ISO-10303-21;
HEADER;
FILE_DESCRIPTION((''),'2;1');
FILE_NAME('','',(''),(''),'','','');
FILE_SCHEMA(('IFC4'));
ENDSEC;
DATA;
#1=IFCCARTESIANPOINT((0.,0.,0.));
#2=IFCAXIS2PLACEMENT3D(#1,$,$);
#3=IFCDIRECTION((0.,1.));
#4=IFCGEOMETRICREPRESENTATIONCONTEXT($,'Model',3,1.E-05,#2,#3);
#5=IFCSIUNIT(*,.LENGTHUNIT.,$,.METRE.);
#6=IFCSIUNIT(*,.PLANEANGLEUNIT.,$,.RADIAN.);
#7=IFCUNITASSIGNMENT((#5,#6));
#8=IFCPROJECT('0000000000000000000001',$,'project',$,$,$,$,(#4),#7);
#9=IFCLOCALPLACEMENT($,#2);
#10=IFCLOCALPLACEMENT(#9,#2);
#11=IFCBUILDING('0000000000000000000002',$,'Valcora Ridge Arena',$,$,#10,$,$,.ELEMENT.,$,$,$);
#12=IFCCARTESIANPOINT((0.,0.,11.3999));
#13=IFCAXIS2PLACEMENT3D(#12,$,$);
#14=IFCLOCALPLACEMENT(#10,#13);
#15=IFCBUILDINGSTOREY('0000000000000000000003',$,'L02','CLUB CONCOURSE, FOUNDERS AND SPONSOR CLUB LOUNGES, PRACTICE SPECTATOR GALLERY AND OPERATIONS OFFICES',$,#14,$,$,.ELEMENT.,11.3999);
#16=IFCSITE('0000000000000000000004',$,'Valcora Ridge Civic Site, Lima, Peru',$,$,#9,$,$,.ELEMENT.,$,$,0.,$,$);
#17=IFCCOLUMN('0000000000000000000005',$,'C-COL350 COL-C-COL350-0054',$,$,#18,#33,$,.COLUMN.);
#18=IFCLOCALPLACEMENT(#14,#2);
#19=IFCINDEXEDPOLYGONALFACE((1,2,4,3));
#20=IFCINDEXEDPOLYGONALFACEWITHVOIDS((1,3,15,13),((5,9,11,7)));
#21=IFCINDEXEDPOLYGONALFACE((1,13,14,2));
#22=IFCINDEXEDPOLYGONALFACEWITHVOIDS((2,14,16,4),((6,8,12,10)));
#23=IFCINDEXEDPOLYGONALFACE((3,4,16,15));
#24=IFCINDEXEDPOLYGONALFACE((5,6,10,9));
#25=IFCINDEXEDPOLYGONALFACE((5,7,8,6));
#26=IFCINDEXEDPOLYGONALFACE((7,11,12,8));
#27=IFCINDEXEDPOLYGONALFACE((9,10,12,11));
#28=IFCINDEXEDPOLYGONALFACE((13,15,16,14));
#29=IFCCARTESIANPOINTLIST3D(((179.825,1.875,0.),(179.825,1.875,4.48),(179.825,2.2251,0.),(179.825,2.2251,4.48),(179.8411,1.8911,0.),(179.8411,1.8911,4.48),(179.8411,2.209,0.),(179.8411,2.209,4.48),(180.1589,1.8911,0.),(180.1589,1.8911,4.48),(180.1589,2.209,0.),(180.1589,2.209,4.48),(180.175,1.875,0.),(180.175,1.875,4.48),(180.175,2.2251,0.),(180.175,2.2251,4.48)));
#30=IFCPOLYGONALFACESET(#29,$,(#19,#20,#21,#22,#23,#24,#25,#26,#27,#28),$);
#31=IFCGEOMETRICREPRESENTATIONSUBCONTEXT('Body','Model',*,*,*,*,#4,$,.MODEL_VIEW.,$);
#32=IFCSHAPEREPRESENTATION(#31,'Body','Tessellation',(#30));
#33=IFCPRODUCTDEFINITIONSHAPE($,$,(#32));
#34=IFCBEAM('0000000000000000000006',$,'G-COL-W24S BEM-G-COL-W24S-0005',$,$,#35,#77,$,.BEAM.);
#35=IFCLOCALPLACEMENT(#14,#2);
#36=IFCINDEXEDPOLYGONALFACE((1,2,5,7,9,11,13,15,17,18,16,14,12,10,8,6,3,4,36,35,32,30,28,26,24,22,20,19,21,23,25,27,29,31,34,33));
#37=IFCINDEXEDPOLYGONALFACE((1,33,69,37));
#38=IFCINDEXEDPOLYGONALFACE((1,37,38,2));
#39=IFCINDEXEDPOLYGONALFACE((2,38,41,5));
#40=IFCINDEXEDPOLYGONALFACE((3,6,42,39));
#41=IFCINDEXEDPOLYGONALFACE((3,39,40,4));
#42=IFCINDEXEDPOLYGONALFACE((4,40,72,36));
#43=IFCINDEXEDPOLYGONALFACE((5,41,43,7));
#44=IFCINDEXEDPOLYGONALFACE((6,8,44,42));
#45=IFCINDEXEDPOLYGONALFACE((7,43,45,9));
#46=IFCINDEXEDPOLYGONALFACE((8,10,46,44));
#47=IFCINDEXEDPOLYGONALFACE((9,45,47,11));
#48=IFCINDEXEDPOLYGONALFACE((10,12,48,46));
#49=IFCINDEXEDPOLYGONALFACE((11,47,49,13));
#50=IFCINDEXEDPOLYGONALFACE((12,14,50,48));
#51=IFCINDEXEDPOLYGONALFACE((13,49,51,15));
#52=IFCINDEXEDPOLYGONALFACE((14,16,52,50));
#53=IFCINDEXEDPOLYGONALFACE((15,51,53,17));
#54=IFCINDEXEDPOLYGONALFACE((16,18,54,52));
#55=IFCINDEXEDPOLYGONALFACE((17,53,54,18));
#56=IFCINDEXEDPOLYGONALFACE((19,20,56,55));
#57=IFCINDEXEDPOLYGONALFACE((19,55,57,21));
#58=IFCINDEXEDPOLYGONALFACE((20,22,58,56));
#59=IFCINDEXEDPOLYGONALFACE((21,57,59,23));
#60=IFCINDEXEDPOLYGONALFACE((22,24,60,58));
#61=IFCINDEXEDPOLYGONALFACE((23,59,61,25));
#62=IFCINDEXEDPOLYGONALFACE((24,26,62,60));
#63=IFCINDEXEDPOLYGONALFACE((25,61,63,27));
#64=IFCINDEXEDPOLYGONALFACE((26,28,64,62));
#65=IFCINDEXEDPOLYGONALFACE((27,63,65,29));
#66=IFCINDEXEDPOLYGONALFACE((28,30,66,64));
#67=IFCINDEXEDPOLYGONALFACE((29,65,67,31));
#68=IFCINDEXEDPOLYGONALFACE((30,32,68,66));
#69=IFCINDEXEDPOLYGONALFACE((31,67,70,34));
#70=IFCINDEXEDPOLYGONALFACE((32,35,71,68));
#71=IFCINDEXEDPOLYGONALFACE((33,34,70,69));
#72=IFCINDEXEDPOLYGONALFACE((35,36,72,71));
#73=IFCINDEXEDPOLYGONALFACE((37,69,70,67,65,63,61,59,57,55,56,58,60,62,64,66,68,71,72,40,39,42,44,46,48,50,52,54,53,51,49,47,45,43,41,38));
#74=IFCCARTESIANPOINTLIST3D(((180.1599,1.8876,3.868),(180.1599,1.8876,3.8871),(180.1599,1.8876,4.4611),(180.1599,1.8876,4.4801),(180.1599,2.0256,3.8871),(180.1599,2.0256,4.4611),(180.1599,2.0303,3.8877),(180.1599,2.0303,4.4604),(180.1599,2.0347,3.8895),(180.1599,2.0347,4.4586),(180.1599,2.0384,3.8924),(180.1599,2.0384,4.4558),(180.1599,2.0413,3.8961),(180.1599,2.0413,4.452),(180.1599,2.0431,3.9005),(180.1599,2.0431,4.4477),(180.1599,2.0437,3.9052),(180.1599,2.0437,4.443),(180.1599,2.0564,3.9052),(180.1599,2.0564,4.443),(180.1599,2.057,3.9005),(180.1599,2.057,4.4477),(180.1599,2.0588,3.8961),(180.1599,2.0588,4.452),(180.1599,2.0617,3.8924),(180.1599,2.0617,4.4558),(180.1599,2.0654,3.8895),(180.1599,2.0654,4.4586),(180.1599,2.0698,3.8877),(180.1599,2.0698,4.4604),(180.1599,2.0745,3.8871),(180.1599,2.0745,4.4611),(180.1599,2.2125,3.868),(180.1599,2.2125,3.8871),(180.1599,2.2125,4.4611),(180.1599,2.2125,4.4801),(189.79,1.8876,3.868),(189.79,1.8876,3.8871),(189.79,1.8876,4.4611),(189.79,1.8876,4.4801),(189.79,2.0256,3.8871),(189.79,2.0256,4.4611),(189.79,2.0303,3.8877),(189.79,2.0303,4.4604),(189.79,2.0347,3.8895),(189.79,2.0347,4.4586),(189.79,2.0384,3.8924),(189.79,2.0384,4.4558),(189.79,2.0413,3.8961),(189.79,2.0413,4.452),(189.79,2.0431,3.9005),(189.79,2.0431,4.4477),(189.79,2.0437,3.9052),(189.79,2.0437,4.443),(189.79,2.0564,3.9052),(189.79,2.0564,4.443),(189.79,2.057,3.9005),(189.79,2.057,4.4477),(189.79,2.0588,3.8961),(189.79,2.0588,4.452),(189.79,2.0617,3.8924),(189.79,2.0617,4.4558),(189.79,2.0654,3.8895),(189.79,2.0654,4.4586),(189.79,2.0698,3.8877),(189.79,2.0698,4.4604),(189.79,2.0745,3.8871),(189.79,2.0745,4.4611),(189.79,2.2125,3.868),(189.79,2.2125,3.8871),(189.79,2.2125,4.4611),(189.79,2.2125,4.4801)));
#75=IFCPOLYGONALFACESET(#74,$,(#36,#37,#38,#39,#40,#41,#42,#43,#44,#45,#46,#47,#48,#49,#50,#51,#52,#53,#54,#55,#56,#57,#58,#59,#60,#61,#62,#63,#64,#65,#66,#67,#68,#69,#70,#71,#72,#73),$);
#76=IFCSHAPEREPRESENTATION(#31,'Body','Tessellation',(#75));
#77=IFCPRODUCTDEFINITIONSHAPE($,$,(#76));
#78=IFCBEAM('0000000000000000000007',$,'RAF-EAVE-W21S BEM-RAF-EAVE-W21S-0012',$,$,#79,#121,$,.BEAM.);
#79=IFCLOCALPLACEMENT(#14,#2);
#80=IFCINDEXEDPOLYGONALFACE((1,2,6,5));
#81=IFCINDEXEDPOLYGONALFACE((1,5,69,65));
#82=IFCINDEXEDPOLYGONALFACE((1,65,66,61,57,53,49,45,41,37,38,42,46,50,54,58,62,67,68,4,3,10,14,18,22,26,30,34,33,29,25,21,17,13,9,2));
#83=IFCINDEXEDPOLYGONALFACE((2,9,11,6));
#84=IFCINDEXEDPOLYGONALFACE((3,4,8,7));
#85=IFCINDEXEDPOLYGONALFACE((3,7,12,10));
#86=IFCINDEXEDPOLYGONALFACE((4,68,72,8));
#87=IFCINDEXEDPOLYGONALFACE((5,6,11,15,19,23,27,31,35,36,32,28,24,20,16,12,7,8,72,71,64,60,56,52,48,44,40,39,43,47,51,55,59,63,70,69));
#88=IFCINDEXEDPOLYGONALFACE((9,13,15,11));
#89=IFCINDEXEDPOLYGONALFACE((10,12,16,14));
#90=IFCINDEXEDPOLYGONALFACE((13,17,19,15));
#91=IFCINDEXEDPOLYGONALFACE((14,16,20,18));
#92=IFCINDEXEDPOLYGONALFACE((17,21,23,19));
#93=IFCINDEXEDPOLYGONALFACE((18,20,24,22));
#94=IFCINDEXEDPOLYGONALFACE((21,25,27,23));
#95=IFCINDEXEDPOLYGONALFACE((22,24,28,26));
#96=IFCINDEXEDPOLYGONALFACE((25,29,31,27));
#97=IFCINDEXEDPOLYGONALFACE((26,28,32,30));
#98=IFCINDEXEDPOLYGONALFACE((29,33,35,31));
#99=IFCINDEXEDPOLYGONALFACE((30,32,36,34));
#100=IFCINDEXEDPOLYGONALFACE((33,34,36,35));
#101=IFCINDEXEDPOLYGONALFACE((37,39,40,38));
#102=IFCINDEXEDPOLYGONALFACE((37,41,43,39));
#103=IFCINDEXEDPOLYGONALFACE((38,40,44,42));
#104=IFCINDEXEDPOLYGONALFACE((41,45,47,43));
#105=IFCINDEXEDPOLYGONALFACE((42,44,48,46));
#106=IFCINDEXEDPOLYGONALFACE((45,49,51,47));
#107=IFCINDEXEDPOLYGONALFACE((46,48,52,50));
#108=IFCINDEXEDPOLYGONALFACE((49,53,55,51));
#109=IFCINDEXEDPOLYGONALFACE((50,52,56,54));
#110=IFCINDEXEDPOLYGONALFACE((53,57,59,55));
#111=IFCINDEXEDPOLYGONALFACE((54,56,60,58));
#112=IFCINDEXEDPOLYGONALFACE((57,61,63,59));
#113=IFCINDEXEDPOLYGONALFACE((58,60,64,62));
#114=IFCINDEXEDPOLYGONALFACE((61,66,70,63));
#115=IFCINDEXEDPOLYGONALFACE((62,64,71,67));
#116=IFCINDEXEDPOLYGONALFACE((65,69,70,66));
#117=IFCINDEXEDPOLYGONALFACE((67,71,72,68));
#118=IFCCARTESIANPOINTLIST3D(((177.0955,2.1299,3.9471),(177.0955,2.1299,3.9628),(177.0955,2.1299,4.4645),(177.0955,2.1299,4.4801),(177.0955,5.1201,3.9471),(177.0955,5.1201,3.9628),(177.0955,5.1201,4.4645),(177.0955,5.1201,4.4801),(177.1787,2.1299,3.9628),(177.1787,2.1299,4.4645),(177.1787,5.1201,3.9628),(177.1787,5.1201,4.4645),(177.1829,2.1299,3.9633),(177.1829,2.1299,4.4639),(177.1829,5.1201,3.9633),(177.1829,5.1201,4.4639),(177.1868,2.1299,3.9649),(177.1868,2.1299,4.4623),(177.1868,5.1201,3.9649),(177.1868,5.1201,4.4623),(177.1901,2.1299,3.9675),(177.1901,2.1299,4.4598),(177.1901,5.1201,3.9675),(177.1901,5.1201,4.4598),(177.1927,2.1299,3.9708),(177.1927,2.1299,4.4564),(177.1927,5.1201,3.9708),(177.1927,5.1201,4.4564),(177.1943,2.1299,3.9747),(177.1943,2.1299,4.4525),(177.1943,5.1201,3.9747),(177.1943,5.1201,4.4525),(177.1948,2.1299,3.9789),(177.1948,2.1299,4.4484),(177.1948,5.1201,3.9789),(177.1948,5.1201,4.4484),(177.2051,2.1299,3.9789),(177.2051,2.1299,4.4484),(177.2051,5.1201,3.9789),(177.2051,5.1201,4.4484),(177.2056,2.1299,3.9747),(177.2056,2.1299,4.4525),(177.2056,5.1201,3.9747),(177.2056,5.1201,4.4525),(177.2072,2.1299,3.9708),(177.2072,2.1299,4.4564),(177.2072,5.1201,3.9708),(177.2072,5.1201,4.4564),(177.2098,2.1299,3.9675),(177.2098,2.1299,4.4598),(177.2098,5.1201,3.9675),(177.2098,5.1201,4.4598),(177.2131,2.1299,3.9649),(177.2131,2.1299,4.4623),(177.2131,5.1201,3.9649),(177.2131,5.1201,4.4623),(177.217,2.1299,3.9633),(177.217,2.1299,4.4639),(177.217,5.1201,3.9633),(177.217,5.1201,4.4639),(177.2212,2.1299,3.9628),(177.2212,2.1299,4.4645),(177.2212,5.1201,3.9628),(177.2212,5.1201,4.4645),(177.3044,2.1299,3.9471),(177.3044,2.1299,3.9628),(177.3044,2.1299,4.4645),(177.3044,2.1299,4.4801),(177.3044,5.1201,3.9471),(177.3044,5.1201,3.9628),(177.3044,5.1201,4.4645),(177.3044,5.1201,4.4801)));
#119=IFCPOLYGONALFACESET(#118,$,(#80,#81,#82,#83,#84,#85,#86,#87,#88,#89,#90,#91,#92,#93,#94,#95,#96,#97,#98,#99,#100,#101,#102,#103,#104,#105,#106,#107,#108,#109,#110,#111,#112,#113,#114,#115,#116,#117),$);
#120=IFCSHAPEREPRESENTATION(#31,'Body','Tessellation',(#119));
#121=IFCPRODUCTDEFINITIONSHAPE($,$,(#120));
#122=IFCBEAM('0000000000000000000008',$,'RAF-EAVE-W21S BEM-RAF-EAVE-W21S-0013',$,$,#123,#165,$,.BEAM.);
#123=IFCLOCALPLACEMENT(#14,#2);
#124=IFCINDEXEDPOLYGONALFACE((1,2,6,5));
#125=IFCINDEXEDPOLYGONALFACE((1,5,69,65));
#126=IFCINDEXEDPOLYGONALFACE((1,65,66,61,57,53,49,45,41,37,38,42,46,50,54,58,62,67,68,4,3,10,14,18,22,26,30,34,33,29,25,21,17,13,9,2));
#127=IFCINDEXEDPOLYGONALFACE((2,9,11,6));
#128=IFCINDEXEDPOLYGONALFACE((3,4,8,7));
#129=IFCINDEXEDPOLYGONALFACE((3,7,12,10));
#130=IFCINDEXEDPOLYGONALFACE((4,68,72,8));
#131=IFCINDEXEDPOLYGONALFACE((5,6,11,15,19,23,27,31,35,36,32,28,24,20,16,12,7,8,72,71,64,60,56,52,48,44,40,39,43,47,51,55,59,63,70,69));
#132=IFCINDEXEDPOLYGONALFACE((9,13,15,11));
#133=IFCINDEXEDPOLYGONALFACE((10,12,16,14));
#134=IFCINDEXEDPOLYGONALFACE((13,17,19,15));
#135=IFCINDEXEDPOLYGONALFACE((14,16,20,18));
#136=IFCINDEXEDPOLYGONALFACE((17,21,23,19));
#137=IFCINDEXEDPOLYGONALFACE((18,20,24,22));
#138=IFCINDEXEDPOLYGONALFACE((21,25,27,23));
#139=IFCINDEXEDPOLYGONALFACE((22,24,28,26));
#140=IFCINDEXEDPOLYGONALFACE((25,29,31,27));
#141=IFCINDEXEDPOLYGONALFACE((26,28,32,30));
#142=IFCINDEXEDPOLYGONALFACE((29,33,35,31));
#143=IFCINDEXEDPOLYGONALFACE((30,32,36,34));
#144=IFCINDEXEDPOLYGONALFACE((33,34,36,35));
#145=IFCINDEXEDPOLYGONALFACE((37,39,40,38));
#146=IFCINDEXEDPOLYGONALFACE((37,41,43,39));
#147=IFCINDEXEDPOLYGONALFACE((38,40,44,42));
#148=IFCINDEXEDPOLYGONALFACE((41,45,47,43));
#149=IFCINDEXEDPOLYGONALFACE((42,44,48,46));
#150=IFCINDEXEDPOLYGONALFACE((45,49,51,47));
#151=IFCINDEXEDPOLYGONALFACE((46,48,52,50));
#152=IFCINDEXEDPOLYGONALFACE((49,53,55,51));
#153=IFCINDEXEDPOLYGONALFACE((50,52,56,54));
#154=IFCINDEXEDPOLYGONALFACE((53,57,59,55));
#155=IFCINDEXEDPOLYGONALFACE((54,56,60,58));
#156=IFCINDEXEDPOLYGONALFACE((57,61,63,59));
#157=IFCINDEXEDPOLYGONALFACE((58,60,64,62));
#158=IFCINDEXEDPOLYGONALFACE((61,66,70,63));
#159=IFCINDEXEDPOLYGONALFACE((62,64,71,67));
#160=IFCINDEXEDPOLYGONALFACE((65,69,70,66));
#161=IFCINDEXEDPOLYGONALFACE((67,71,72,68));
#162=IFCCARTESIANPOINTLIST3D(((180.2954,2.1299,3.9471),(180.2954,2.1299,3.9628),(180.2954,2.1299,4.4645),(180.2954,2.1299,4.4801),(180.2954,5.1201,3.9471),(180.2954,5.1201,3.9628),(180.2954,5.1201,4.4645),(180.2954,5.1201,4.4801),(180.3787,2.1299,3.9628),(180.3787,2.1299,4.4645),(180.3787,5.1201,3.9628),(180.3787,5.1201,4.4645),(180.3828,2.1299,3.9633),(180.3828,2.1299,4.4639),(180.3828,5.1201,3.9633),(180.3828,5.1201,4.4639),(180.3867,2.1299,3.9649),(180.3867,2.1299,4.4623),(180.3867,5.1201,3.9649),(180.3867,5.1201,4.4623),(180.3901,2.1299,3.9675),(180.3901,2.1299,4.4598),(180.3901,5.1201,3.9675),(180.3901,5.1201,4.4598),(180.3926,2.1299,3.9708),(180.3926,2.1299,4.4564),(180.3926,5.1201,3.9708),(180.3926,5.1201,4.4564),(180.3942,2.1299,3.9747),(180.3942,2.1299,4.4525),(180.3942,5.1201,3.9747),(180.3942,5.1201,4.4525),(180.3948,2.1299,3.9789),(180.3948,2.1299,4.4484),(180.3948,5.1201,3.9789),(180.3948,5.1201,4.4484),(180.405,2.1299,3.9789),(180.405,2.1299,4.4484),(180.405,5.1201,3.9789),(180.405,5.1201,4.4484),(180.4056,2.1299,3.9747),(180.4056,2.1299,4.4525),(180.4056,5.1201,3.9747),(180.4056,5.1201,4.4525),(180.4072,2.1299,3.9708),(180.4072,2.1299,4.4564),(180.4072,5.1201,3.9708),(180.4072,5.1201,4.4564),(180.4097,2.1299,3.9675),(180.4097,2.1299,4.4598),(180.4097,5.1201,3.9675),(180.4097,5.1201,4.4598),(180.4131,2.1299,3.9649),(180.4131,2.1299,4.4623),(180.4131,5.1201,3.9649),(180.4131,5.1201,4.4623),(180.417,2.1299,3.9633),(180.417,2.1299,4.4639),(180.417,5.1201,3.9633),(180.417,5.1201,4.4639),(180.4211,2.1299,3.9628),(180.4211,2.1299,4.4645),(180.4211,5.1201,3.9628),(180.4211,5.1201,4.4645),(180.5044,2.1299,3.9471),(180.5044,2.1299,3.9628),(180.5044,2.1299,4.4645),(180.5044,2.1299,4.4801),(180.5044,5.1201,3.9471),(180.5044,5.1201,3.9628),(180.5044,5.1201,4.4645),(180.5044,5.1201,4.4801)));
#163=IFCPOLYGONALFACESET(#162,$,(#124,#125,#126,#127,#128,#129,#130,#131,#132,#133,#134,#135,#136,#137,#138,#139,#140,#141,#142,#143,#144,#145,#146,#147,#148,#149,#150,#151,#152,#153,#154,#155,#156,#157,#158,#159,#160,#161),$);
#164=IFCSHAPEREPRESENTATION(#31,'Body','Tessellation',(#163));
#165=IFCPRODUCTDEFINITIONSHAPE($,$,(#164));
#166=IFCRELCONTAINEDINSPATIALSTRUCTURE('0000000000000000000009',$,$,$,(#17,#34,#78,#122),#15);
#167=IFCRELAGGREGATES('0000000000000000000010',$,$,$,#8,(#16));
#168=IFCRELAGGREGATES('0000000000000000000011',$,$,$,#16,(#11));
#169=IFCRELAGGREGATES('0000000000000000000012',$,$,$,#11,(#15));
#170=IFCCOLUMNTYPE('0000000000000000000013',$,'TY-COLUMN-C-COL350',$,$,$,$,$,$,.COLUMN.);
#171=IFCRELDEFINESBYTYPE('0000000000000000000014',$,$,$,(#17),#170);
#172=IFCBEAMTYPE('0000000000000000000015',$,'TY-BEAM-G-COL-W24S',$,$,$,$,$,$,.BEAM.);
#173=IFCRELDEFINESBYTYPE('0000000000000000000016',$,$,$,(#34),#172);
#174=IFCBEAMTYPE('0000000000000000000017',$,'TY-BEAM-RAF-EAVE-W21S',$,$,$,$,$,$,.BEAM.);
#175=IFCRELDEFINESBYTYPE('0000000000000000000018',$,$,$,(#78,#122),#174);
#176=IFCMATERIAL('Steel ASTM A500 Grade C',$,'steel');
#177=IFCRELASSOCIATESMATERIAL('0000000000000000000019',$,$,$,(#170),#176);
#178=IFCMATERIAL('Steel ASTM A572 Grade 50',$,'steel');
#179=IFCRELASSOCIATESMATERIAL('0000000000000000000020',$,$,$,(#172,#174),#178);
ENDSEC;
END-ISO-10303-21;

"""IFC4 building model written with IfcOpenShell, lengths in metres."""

from ifc_helpers import new_model, si_unit, direction, frame, origin, origin_2d, place, context, subcontext, project, spatial, hollow_rectangle, i_section, extrude, material, material_profile, profile_set, type_object, element, save


model = new_model("IFC4")

# Units and contexts
model_context = context("Model", 3, precision=1e-05, world=origin(), true_north=direction((0.0, 1.0)))
body_context = subcontext(model_context, "Body", "Model", "MODEL_VIEW")
ifc_project = project(units=[si_unit("LENGTHUNIT", "METRE"), si_unit("PLANEANGLEUNIT", "RADIAN")], contexts=[model_context])

# Site, building, storey
site_placement = place(None, origin())
site = spatial("IfcSite", under=ifc_project, at=site_placement, Name="Valcora Ridge Civic Site, Lima, Peru", CompositionType="ELEMENT", RefElevation=0.0)
building_placement = place(site_placement, origin())
building = spatial("IfcBuilding", under=site, at=building_placement, Name="Valcora Ridge Arena", CompositionType="ELEMENT")
storey_placement = place(building_placement, frame((0.0, 0.0, 11.3999)))
storey = spatial("IfcBuildingStorey", under=building, at=storey_placement, Name="L02", Description="CLUB CONCOURSE, FOUNDERS AND SPONSOR CLUB LOUNGES, PRACTICE SPECTATOR GALLERY AND OPERATIONS OFFICES", CompositionType="ELEMENT", Elevation=11.3999)

# Column
ifc_material_1 = material(Name="Steel ASTM A500 Grade C", Category="steel")
ifc_material_profile_1 = material_profile(ifc_material_1, hollow_rectangle(XDim=0.3501, YDim=0.3501, WallThickness=0.0161, at=origin_2d()), Name="HSS350X350X16")
ifc_profile_set_1 = profile_set([ifc_material_profile_1], Name="Steel ASTM A500 Grade C")
column_type = type_object("IfcColumnType", Name="TY-COLUMN-C-COL350", PredefinedType="COLUMN", material=ifc_profile_set_1)
column_placement = place(storey_placement, frame((180.0, 2.05, 0.0), z_axis=(0.0, 0.0, 1.0), x_axis=(1.0, 0.0, 0.0)))
element("IfcColumn", 1, at=column_placement, inside=storey, type_object=column_type, Name="C-COL350 COL-C-COL350-0054", PredefinedType="COLUMN", context=body_context, shape_type="SweptSolid", body=[
    extrude(hollow_rectangle(XDim=0.3501, YDim=0.3501, WallThickness=0.0161, at=origin_2d()), origin(), (0.0, 0.0, 1.0), 4.48),
])

# Beams
ifc_material_2 = material(Name="Steel ASTM A572 Grade 50", Category="steel")
ifc_material_profile_2 = material_profile(ifc_material_2, i_section(OverallWidth=0.325, OverallDepth=0.6121, WebThickness=0.0127, FlangeThickness=0.019, FilletRadius=0.0181, at=origin_2d()), Name="W24X104")
ifc_profile_set_2 = profile_set([ifc_material_profile_2], Name="Steel ASTM A572 Grade 50")
beam_type_1 = type_object("IfcBeamType", Name="TY-BEAM-G-COL-W24S", PredefinedType="BEAM", material=ifc_profile_set_2)
beam_placement = place(storey_placement, frame((180.1599, 2.05, 4.1741), z_axis=(1.0, 0.0, 0.0), x_axis=(0.0, 1.0, 0.0)))
element("IfcBeam", 2, at=beam_placement, inside=storey, type_object=beam_type_1, Name="G-COL-W24S BEM-G-COL-W24S-0005", PredefinedType="BEAM", context=body_context, shape_type="SweptSolid", body=[
    extrude(i_section(OverallWidth=0.325, OverallDepth=0.6121, WebThickness=0.0127, FlangeThickness=0.019, FilletRadius=0.0181, at=origin_2d()), origin(), (0.0, 0.0, 1.0), 9.6301),
])
ifc_material_profile_3 = material_profile(ifc_material_2, i_section(OverallWidth=0.209, OverallDepth=0.533, WebThickness=0.0103, FlangeThickness=0.0156, FilletRadius=0.0161, at=origin_2d()), Name="W21X62")
ifc_profile_set_3 = profile_set([ifc_material_profile_3], Name="Steel ASTM A572 Grade 50")
beam_type_2 = type_object("IfcBeamType", Name="TY-BEAM-RAF-EAVE-W21S", PredefinedType="BEAM", material=ifc_profile_set_3)
for number, where, z_axis, x_axis, name in (
    (3, (177.2, 2.1299, 4.2136), (0.0, 1.0, 0.0), (-1.0, 0.0, 0.0), "RAF-EAVE-W21S BEM-RAF-EAVE-W21S-0012"),
    (4, (180.3999, 2.1299, 4.2136), (0.0, 1.0, 0.0), (-1.0, 0.0, 0.0), "RAF-EAVE-W21S BEM-RAF-EAVE-W21S-0013"),
):
    element("IfcBeam", number, at=place(storey_placement, frame(where, z_axis=z_axis, x_axis=x_axis)), inside=storey, type_object=beam_type_2, Name=name, PredefinedType="BEAM", context=body_context, shape_type="SweptSolid", body=[
        extrude(i_section(OverallWidth=0.209, OverallDepth=0.533, WebThickness=0.0103, FlangeThickness=0.0156, FilletRadius=0.0161, at=origin_2d()), origin(), (0.0, 0.0, 1.0), 2.9902),
    ])

save(model, "model.ifc")
